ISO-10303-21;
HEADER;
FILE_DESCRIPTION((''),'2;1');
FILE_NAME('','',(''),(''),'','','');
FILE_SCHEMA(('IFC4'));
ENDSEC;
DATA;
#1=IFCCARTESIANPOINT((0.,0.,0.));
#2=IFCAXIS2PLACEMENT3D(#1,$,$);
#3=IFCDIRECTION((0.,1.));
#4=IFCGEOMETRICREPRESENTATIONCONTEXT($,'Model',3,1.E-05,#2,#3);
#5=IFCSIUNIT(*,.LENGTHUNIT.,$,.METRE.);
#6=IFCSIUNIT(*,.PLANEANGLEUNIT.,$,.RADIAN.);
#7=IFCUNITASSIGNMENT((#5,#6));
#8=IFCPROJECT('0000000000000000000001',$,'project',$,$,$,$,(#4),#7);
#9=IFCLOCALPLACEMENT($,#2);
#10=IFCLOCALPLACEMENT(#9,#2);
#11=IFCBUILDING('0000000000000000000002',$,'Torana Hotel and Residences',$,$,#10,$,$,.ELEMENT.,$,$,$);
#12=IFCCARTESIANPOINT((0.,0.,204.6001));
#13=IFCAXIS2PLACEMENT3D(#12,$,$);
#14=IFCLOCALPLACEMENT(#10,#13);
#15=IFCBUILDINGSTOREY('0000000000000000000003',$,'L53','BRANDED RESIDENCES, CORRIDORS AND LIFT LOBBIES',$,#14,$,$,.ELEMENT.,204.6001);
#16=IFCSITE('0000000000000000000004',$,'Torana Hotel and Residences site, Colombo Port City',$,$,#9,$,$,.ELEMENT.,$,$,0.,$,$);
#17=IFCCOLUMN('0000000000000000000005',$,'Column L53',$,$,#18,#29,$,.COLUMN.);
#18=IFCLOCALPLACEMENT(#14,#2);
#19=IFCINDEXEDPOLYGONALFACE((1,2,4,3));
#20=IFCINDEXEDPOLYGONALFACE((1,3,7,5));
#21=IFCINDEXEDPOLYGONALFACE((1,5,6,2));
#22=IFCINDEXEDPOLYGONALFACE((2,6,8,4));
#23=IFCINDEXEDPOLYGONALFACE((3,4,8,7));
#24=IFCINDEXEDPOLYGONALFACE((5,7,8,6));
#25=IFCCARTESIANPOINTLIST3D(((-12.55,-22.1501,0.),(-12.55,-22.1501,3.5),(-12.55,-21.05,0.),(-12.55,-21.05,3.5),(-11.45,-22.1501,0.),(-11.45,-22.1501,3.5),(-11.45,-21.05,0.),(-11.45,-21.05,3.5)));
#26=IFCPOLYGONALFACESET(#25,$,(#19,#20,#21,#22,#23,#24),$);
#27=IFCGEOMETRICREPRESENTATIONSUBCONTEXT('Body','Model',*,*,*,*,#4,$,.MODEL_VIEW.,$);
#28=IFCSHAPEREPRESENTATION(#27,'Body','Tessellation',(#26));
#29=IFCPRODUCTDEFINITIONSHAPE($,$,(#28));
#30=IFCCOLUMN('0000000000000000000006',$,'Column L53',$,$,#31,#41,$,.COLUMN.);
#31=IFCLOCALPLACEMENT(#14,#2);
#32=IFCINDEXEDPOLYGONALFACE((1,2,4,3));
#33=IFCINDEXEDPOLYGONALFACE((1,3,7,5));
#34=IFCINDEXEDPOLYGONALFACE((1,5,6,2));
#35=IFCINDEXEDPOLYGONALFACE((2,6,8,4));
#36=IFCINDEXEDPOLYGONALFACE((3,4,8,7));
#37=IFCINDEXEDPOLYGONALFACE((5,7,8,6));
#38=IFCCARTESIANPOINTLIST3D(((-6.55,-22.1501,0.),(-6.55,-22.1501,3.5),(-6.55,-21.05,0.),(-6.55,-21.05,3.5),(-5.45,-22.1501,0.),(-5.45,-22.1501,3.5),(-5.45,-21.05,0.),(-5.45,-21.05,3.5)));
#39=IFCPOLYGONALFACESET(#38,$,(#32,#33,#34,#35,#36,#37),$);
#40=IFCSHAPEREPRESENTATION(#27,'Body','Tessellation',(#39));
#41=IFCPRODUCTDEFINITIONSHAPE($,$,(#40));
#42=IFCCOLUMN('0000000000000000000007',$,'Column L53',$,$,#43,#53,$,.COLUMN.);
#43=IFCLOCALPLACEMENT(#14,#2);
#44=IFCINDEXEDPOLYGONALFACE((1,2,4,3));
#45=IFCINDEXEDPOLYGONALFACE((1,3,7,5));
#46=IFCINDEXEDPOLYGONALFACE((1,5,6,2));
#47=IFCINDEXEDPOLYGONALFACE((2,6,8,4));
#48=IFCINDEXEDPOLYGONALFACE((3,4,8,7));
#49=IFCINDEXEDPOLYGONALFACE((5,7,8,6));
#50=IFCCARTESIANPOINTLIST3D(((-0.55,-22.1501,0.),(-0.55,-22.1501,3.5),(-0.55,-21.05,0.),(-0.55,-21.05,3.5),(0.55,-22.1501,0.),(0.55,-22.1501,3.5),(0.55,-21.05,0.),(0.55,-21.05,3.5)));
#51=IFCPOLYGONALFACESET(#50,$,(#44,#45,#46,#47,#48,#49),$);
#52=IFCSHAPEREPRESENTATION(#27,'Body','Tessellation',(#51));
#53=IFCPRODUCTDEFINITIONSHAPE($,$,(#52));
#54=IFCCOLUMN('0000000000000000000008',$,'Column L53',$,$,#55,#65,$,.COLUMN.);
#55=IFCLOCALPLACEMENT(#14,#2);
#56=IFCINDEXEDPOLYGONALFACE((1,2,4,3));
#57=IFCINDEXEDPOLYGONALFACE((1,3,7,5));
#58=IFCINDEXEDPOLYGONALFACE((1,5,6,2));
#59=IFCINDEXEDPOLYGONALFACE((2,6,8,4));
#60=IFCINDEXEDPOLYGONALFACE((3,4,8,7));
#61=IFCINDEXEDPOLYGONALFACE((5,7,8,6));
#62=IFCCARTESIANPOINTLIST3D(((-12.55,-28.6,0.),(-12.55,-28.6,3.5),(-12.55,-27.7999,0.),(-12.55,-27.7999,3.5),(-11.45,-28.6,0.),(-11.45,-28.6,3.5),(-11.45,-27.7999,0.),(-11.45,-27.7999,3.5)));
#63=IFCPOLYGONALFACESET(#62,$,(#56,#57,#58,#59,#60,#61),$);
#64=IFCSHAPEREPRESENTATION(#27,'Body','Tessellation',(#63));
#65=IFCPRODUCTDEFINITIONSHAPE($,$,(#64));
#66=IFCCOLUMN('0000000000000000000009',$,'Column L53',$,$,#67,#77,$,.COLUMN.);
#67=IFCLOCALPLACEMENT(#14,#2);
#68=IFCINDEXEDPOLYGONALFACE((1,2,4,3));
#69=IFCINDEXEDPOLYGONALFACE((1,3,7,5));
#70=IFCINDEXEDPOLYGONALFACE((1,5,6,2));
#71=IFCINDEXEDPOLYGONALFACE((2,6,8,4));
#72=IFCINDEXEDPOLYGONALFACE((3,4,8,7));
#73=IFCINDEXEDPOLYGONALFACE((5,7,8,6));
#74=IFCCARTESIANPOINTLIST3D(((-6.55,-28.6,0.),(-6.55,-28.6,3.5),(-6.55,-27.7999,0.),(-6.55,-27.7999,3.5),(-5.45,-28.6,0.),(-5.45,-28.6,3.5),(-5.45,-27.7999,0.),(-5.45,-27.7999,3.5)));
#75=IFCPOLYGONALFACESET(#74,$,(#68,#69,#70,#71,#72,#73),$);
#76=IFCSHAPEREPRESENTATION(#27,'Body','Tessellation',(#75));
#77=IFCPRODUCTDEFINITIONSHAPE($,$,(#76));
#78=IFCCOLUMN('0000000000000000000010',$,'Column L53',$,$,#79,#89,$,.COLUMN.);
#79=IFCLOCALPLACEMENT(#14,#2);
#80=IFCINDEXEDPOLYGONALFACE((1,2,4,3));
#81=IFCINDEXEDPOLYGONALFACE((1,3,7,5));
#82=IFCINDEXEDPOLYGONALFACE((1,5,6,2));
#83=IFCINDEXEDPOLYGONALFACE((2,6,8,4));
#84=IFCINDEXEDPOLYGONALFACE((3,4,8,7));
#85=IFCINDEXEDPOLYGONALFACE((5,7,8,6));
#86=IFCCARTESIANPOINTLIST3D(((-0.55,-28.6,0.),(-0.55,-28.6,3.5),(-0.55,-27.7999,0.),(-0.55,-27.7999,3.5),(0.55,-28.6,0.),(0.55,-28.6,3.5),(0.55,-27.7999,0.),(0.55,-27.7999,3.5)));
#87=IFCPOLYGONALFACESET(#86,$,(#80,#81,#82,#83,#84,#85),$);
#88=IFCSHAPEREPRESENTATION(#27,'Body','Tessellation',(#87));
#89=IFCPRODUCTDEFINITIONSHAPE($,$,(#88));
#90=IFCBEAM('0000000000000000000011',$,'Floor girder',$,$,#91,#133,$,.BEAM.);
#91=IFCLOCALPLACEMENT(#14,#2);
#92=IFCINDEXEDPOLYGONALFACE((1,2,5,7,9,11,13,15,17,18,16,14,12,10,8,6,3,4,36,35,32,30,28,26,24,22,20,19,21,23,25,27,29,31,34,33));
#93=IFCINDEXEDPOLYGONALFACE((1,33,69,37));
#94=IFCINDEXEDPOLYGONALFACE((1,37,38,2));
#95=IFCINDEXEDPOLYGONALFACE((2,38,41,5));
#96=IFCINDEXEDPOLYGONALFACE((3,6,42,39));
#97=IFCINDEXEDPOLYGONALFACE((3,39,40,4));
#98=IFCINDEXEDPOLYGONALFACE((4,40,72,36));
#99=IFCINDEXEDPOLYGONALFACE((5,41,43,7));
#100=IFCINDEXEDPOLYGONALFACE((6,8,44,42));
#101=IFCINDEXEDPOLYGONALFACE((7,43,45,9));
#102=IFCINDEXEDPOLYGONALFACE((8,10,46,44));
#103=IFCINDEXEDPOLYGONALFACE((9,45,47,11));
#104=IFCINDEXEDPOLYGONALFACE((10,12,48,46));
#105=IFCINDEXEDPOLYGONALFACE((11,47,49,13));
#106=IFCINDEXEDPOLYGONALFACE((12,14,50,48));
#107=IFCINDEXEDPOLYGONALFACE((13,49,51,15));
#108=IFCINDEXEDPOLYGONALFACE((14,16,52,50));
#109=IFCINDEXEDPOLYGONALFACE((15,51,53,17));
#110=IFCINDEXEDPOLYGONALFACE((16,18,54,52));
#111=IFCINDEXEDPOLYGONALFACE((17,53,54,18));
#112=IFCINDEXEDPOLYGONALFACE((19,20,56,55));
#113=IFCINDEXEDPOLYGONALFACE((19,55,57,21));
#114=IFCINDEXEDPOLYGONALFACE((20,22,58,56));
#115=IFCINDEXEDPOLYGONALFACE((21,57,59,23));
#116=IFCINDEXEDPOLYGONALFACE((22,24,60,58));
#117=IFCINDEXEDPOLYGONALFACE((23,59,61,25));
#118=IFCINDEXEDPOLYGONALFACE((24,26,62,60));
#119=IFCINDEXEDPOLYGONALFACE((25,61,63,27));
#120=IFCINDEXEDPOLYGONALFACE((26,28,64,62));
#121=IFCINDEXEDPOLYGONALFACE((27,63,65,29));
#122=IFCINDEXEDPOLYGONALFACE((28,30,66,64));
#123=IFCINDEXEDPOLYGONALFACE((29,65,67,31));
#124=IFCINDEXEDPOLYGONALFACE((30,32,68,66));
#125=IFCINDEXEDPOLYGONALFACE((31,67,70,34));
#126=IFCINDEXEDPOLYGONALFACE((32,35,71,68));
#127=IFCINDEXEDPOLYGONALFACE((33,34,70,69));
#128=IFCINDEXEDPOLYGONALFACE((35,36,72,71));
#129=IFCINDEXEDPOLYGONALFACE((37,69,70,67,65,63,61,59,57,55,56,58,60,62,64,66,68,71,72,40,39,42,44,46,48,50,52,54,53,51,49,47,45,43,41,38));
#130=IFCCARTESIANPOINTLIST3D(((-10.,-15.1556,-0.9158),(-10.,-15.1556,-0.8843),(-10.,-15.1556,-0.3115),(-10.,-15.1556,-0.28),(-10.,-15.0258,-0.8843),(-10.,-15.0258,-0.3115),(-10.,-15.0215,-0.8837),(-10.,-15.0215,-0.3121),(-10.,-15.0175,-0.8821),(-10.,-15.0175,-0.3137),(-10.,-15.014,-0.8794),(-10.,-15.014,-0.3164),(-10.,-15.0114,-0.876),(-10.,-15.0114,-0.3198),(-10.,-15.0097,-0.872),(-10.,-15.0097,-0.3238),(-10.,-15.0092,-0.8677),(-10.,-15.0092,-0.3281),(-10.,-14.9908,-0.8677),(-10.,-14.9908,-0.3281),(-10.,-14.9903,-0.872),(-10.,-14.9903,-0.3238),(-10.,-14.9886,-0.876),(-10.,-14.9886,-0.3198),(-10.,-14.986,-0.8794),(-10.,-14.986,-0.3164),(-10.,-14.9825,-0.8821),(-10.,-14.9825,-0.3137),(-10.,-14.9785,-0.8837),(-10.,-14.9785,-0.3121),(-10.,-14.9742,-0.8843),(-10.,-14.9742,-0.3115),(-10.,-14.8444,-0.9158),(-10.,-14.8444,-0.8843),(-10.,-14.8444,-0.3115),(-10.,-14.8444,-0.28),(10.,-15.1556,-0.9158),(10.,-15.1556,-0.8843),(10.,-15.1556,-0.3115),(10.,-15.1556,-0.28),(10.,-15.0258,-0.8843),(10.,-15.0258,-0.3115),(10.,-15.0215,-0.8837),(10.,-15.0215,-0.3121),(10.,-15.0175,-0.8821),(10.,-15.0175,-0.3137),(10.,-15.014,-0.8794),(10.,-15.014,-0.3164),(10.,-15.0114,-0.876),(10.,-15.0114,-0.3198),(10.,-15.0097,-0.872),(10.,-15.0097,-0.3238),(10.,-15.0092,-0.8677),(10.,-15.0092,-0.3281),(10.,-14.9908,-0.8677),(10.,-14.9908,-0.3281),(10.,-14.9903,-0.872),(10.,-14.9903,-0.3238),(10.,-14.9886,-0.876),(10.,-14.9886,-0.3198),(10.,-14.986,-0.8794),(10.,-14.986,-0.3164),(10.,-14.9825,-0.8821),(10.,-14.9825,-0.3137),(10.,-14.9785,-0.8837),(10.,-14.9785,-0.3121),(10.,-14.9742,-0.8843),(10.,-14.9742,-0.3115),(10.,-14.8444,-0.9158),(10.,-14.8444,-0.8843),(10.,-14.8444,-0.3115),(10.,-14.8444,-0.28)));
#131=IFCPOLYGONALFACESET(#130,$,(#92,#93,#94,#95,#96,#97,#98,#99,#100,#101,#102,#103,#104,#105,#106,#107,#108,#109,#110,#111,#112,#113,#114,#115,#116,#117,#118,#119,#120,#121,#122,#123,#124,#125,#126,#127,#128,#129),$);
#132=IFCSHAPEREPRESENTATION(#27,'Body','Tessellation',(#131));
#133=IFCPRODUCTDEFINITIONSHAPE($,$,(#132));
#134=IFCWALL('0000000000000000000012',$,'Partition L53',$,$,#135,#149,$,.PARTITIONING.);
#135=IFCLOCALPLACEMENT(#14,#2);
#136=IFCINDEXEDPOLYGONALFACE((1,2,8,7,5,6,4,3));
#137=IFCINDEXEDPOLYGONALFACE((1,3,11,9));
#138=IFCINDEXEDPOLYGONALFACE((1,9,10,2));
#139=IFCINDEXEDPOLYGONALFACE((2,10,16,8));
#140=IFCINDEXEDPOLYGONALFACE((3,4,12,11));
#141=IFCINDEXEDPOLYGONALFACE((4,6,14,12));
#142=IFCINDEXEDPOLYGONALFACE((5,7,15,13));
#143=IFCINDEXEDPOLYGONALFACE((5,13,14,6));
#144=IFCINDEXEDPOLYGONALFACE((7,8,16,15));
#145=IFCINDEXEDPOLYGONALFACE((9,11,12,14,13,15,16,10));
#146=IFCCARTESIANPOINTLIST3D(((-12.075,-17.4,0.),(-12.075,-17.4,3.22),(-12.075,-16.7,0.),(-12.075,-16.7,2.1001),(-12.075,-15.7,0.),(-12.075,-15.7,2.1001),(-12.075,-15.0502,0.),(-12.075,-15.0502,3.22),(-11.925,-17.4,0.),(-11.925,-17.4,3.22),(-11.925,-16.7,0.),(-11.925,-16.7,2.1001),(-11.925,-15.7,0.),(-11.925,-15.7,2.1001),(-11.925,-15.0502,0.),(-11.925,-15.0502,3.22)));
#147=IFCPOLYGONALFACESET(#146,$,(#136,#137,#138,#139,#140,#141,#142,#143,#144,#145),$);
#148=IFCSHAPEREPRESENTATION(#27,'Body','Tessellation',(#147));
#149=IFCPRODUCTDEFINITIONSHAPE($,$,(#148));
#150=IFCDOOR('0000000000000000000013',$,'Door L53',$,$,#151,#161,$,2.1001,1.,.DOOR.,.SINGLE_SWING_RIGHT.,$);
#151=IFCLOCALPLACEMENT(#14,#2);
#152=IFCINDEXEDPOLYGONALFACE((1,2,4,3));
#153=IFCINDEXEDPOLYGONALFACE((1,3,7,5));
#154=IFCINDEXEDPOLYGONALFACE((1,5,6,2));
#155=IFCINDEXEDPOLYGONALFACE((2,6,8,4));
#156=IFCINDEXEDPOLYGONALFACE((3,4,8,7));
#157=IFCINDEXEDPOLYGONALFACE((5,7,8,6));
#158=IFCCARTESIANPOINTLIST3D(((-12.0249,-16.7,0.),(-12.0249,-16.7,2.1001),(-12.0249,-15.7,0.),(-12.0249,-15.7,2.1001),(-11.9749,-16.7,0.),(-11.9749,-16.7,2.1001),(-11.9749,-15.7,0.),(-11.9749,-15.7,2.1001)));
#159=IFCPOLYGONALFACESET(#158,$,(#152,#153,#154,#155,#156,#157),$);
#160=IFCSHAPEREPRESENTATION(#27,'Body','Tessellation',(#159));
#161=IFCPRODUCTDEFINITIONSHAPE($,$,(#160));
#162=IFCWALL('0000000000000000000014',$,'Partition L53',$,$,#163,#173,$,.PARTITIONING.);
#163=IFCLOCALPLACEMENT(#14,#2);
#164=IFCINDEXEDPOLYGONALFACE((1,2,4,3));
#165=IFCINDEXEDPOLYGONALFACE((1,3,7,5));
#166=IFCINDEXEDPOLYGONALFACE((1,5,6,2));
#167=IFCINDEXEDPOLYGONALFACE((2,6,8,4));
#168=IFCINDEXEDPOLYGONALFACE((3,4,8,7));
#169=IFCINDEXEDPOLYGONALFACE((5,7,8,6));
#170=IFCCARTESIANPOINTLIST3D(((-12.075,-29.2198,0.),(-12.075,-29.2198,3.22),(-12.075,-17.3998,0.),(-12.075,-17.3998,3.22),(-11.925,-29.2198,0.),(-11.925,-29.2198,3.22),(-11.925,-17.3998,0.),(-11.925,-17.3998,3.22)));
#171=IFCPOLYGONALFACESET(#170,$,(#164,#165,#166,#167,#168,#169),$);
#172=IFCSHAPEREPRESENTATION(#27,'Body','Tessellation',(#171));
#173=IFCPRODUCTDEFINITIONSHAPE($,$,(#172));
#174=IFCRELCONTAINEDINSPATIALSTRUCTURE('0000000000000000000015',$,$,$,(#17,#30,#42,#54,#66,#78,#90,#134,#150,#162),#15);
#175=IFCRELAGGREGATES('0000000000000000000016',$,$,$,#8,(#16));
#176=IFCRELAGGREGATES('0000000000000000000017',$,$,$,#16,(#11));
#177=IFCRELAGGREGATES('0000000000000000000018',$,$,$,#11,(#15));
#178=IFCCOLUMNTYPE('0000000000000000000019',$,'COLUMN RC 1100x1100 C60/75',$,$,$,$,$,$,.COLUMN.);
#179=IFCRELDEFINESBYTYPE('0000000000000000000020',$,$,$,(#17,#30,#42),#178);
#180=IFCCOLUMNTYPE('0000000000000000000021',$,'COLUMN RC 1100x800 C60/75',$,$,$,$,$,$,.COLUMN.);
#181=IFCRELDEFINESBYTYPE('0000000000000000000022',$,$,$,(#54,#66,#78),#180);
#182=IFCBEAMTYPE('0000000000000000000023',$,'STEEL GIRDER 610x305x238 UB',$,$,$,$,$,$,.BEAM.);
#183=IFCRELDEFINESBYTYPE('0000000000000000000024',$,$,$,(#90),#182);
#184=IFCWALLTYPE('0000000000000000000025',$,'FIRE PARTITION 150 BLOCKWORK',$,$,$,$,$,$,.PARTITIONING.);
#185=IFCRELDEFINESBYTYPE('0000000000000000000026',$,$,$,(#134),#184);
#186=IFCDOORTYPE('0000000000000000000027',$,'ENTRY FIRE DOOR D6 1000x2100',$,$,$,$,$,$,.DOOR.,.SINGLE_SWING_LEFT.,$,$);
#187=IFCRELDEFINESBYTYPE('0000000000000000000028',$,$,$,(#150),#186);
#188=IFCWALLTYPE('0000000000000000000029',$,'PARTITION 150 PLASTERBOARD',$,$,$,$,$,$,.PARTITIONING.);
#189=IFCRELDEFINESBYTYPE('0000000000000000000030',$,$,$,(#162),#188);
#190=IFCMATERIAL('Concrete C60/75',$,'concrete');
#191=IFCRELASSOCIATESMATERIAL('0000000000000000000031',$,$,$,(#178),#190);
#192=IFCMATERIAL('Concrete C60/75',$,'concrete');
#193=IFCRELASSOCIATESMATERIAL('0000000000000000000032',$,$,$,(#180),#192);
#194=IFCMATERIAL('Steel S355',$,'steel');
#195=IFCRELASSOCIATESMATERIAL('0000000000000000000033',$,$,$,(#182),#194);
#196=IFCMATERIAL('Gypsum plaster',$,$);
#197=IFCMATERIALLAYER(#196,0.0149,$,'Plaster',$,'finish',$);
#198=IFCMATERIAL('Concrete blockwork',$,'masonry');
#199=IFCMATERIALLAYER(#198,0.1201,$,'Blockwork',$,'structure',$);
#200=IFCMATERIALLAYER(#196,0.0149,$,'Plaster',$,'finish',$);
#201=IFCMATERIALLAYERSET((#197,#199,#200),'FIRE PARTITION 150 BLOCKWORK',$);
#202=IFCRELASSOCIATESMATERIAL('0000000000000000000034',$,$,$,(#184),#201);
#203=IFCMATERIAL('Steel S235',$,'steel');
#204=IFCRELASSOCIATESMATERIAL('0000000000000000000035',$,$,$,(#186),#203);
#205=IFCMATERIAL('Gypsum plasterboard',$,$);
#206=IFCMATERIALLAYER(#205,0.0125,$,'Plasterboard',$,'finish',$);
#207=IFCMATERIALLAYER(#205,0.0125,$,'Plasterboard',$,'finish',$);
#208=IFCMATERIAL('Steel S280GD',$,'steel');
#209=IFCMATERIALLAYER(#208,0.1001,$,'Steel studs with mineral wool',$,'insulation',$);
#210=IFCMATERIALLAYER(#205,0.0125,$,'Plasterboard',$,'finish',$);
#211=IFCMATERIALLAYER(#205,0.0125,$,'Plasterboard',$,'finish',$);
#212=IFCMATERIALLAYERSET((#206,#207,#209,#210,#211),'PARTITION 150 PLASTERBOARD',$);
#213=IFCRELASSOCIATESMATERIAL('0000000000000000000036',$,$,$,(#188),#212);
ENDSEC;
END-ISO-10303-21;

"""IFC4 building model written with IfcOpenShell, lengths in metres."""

from ifc_helpers import new_model, si_unit, direction, frame, frame_2d, origin, origin_2d, place, context, subcontext, project, spatial, rectangle, i_section, extrude, material, layer, layer_set, material_profile, profile_set, type_object, element, fill, save


model = new_model("IFC4")

# Units and contexts
model_context = context("Model", 3, precision=1e-05, world=origin(), true_north=direction((0.0, 1.0)))
body_context = subcontext(model_context, "Body", "Model", "MODEL_VIEW")
ifc_project = project(units=[si_unit("LENGTHUNIT", "METRE"), si_unit("PLANEANGLEUNIT", "RADIAN")], contexts=[model_context])

# Site, building, storey
site_placement = place(None, origin())
site = spatial("IfcSite", under=ifc_project, at=site_placement, Name="Torana Hotel and Residences site, Colombo Port City", CompositionType="ELEMENT", RefElevation=0.0)
building_placement = place(site_placement, origin())
building = spatial("IfcBuilding", under=site, at=building_placement, Name="Torana Hotel and Residences", CompositionType="ELEMENT")
storey_placement = place(building_placement, frame((0.0, 0.0, 204.6001)))
storey = spatial("IfcBuildingStorey", under=building, at=storey_placement, Name="L53", Description="BRANDED RESIDENCES, CORRIDORS AND LIFT LOBBIES", CompositionType="ELEMENT", Elevation=204.6001)

# Columns
ifc_material_1 = material(Name="Concrete C60/75", Category="concrete")
ifc_material_profile_1 = material_profile(ifc_material_1, rectangle(XDim=1.1001, YDim=1.1001, at=origin_2d()), Name="RC 1100x1100")
ifc_profile_set_1 = profile_set([ifc_material_profile_1], Name="Concrete C60/75")
column_type_1 = type_object("IfcColumnType", Name="COLUMN RC 1100x1100 C60/75", PredefinedType="COLUMN", material=ifc_profile_set_1)
for number, where, z_axis, x_axis, name in (
    (1, (-12.0, -21.6001, 0.0), (0.0, 0.0, 1.0), (1.0, 0.0, 0.0), "Column L53"),
    (2, (-6.0, -21.6001, 0.0), (0.0, 0.0, 1.0), (1.0, 0.0, 0.0), "Column L53"),
    (3, (0.0, -21.6001, 0.0), (0.0, 0.0, 1.0), (1.0, 0.0, 0.0), "Column L53"),
):
    element("IfcColumn", number, at=place(storey_placement, frame(where, z_axis=z_axis, x_axis=x_axis)), inside=storey, type_object=column_type_1, Name=name, PredefinedType="COLUMN", context=body_context, shape_type="SweptSolid", body=[
        extrude(rectangle(XDim=1.1001, YDim=1.1001, at=origin_2d()), origin(), (0.0, 0.0, 1.0), 3.5),
    ])
ifc_material_2 = material(Name="Concrete C60/75", Category="concrete")
ifc_material_profile_2 = material_profile(ifc_material_2, rectangle(XDim=1.1001, YDim=0.8, at=origin_2d()), Name="RC 1100x800")
ifc_profile_set_2 = profile_set([ifc_material_profile_2], Name="Concrete C60/75")
column_type_2 = type_object("IfcColumnType", Name="COLUMN RC 1100x800 C60/75", PredefinedType="COLUMN", material=ifc_profile_set_2)
for number, where, z_axis, x_axis, name in (
    (4, (-12.0, -28.2, 0.0), (0.0, 0.0, 1.0), (1.0, 0.0, 0.0), "Column L53"),
    (5, (-6.0, -28.2, 0.0), (0.0, 0.0, 1.0), (1.0, 0.0, 0.0), "Column L53"),
    (6, (0.0, -28.2, 0.0), (0.0, 0.0, 1.0), (1.0, 0.0, 0.0), "Column L53"),
):
    element("IfcColumn", number, at=place(storey_placement, frame(where, z_axis=z_axis, x_axis=x_axis)), inside=storey, type_object=column_type_2, Name=name, PredefinedType="COLUMN", context=body_context, shape_type="SweptSolid", body=[
        extrude(rectangle(XDim=1.1001, YDim=0.8, at=origin_2d()), origin(), (0.0, 0.0, 1.0), 3.5),
    ])

# Beam
ifc_material_3 = material(Name="Steel S355", Category="steel")
ifc_material_profile_3 = material_profile(ifc_material_3, i_section(OverallWidth=0.3113, OverallDepth=0.6357, WebThickness=0.0183, FlangeThickness=0.0315, FilletRadius=0.0166, at=origin_2d()), Name="610x305x238 UB")
ifc_profile_set_3 = profile_set([ifc_material_profile_3], Name="Steel S355")
beam_type = type_object("IfcBeamType", Name="STEEL GIRDER 610x305x238 UB", PredefinedType="BEAM", material=ifc_profile_set_3)
beam_placement = place(storey_placement, frame((-10.0, -15.0, -0.5979), z_axis=(1.0, 0.0, 0.0), x_axis=(0.0, 1.0, 0.0)))
element("IfcBeam", 7, at=beam_placement, inside=storey, type_object=beam_type, Name="Floor girder", PredefinedType="BEAM", context=body_context, shape_type="SweptSolid", body=[
    extrude(i_section(OverallWidth=0.3113, OverallDepth=0.6357, WebThickness=0.0183, FlangeThickness=0.0315, FilletRadius=0.0166, at=origin_2d()), origin(), (0.0, 0.0, 1.0), 20.0),
])

# Wall, opening, door
ifc_material_4 = material(Name="Gypsum plaster")
ifc_layer_1 = layer(ifc_material_4, 0.0149, Name="Plaster", Category="finish")
ifc_material_5 = material(Name="Concrete blockwork", Category="masonry")
ifc_layer_2 = layer(ifc_material_5, 0.1201, Name="Blockwork", Category="structure")
ifc_layer_3 = layer(ifc_material_4, 0.0149, Name="Plaster", Category="finish")
ifc_layer_set_1 = layer_set([ifc_layer_1, ifc_layer_2, ifc_layer_3], Name="FIRE PARTITION 150 BLOCKWORK")
wall_type_1 = type_object("IfcWallType", Name="FIRE PARTITION 150 BLOCKWORK", PredefinedType="PARTITIONING", material=ifc_layer_set_1)
wall_1_placement = place(storey_placement, frame((-12.0, -17.3999, 0.0), z_axis=(0.0, 0.0, 1.0), x_axis=(0.0, 1.0, 0.0)))
wall_1 = element("IfcWall", 8, at=wall_1_placement, inside=storey, type_object=wall_type_1, Name="Partition L53", PredefinedType="PARTITIONING", context=body_context, shape_type="SweptSolid", body=[
    extrude(rectangle(XDim=2.3499, YDim=0.1499, at=frame_2d((1.1748, 0.0))), origin(), (0.0, 0.0, 1.0), 3.22),
])
opening_placement = place(wall_1_placement, frame((0.7, 0.0, 0.0)))
opening = element("IfcOpeningElement", 9, at=opening_placement, cuts=wall_1, PredefinedType="OPENING", context=body_context, shape_type="SweptSolid", body=[
    extrude(rectangle(XDim=1.0, YDim=2.1001, at=frame_2d((0.5, 1.05))), frame((0.0, 0.085, 0.0), z_axis=(0.0, -1.0, 0.0), x_axis=(1.0, 0.0, 0.0)), (0.0, 0.0, 1.0), 0.1699),
])
ifc_material_6 = material(Name="Steel S235", Category="steel")
door_type = type_object("IfcDoorType", Name="ENTRY FIRE DOOR D6 1000x2100", OperationType="SINGLE_SWING_LEFT", PredefinedType="DOOR", material=ifc_material_6)
door_placement = place(opening_placement, origin())
door = element("IfcDoor", 10, at=door_placement, inside=storey, type_object=door_type, Name="Door L53", OperationType="SINGLE_SWING_RIGHT", OverallHeight=2.1001, OverallWidth=1.0, PredefinedType="DOOR", context=body_context, shape_type="SweptSolid", body=[
    extrude(rectangle(XDim=1.0, YDim=2.1001, at=frame_2d((0.5, 1.05))), frame((0.0, 0.0249, 0.0), z_axis=(0.0, -1.0, 0.0), x_axis=(1.0, 0.0, 0.0)), (0.0, 0.0, 1.0), 0.05),
])
fill(opening, door)

# Wall
ifc_material_7 = material(Name="Gypsum plasterboard")
ifc_layer_4 = layer(ifc_material_7, 0.0125, Name="Plasterboard", Category="finish")
ifc_layer_5 = layer(ifc_material_7, 0.0125, Name="Plasterboard", Category="finish")
ifc_material_8 = material(Name="Steel S280GD", Category="steel")
ifc_layer_6 = layer(ifc_material_8, 0.1001, Name="Steel studs with mineral wool", Category="insulation")
ifc_layer_7 = layer(ifc_material_7, 0.0125, Name="Plasterboard", Category="finish")
ifc_layer_8 = layer(ifc_material_7, 0.0125, Name="Plasterboard", Category="finish")
ifc_layer_set_2 = layer_set([ifc_layer_4, ifc_layer_5, ifc_layer_6, ifc_layer_7, ifc_layer_8], Name="PARTITION 150 PLASTERBOARD")
wall_type_2 = type_object("IfcWallType", Name="PARTITION 150 PLASTERBOARD", PredefinedType="PARTITIONING", material=ifc_layer_set_2)
wall_2_placement = place(storey_placement, frame((-12.0, -29.22, 0.0), z_axis=(0.0, 0.0, 1.0), x_axis=(0.0, 1.0, 0.0)))
element("IfcWall", 11, at=wall_2_placement, inside=storey, type_object=wall_type_2, Name="Partition L53", PredefinedType="PARTITIONING", context=body_context, shape_type="SweptSolid", body=[
    extrude(rectangle(XDim=11.8201, YDim=0.1499, at=frame_2d((5.9102, 0.0))), origin(), (0.0, 0.0, 1.0), 3.22),
])

save(model, "model.ifc")
